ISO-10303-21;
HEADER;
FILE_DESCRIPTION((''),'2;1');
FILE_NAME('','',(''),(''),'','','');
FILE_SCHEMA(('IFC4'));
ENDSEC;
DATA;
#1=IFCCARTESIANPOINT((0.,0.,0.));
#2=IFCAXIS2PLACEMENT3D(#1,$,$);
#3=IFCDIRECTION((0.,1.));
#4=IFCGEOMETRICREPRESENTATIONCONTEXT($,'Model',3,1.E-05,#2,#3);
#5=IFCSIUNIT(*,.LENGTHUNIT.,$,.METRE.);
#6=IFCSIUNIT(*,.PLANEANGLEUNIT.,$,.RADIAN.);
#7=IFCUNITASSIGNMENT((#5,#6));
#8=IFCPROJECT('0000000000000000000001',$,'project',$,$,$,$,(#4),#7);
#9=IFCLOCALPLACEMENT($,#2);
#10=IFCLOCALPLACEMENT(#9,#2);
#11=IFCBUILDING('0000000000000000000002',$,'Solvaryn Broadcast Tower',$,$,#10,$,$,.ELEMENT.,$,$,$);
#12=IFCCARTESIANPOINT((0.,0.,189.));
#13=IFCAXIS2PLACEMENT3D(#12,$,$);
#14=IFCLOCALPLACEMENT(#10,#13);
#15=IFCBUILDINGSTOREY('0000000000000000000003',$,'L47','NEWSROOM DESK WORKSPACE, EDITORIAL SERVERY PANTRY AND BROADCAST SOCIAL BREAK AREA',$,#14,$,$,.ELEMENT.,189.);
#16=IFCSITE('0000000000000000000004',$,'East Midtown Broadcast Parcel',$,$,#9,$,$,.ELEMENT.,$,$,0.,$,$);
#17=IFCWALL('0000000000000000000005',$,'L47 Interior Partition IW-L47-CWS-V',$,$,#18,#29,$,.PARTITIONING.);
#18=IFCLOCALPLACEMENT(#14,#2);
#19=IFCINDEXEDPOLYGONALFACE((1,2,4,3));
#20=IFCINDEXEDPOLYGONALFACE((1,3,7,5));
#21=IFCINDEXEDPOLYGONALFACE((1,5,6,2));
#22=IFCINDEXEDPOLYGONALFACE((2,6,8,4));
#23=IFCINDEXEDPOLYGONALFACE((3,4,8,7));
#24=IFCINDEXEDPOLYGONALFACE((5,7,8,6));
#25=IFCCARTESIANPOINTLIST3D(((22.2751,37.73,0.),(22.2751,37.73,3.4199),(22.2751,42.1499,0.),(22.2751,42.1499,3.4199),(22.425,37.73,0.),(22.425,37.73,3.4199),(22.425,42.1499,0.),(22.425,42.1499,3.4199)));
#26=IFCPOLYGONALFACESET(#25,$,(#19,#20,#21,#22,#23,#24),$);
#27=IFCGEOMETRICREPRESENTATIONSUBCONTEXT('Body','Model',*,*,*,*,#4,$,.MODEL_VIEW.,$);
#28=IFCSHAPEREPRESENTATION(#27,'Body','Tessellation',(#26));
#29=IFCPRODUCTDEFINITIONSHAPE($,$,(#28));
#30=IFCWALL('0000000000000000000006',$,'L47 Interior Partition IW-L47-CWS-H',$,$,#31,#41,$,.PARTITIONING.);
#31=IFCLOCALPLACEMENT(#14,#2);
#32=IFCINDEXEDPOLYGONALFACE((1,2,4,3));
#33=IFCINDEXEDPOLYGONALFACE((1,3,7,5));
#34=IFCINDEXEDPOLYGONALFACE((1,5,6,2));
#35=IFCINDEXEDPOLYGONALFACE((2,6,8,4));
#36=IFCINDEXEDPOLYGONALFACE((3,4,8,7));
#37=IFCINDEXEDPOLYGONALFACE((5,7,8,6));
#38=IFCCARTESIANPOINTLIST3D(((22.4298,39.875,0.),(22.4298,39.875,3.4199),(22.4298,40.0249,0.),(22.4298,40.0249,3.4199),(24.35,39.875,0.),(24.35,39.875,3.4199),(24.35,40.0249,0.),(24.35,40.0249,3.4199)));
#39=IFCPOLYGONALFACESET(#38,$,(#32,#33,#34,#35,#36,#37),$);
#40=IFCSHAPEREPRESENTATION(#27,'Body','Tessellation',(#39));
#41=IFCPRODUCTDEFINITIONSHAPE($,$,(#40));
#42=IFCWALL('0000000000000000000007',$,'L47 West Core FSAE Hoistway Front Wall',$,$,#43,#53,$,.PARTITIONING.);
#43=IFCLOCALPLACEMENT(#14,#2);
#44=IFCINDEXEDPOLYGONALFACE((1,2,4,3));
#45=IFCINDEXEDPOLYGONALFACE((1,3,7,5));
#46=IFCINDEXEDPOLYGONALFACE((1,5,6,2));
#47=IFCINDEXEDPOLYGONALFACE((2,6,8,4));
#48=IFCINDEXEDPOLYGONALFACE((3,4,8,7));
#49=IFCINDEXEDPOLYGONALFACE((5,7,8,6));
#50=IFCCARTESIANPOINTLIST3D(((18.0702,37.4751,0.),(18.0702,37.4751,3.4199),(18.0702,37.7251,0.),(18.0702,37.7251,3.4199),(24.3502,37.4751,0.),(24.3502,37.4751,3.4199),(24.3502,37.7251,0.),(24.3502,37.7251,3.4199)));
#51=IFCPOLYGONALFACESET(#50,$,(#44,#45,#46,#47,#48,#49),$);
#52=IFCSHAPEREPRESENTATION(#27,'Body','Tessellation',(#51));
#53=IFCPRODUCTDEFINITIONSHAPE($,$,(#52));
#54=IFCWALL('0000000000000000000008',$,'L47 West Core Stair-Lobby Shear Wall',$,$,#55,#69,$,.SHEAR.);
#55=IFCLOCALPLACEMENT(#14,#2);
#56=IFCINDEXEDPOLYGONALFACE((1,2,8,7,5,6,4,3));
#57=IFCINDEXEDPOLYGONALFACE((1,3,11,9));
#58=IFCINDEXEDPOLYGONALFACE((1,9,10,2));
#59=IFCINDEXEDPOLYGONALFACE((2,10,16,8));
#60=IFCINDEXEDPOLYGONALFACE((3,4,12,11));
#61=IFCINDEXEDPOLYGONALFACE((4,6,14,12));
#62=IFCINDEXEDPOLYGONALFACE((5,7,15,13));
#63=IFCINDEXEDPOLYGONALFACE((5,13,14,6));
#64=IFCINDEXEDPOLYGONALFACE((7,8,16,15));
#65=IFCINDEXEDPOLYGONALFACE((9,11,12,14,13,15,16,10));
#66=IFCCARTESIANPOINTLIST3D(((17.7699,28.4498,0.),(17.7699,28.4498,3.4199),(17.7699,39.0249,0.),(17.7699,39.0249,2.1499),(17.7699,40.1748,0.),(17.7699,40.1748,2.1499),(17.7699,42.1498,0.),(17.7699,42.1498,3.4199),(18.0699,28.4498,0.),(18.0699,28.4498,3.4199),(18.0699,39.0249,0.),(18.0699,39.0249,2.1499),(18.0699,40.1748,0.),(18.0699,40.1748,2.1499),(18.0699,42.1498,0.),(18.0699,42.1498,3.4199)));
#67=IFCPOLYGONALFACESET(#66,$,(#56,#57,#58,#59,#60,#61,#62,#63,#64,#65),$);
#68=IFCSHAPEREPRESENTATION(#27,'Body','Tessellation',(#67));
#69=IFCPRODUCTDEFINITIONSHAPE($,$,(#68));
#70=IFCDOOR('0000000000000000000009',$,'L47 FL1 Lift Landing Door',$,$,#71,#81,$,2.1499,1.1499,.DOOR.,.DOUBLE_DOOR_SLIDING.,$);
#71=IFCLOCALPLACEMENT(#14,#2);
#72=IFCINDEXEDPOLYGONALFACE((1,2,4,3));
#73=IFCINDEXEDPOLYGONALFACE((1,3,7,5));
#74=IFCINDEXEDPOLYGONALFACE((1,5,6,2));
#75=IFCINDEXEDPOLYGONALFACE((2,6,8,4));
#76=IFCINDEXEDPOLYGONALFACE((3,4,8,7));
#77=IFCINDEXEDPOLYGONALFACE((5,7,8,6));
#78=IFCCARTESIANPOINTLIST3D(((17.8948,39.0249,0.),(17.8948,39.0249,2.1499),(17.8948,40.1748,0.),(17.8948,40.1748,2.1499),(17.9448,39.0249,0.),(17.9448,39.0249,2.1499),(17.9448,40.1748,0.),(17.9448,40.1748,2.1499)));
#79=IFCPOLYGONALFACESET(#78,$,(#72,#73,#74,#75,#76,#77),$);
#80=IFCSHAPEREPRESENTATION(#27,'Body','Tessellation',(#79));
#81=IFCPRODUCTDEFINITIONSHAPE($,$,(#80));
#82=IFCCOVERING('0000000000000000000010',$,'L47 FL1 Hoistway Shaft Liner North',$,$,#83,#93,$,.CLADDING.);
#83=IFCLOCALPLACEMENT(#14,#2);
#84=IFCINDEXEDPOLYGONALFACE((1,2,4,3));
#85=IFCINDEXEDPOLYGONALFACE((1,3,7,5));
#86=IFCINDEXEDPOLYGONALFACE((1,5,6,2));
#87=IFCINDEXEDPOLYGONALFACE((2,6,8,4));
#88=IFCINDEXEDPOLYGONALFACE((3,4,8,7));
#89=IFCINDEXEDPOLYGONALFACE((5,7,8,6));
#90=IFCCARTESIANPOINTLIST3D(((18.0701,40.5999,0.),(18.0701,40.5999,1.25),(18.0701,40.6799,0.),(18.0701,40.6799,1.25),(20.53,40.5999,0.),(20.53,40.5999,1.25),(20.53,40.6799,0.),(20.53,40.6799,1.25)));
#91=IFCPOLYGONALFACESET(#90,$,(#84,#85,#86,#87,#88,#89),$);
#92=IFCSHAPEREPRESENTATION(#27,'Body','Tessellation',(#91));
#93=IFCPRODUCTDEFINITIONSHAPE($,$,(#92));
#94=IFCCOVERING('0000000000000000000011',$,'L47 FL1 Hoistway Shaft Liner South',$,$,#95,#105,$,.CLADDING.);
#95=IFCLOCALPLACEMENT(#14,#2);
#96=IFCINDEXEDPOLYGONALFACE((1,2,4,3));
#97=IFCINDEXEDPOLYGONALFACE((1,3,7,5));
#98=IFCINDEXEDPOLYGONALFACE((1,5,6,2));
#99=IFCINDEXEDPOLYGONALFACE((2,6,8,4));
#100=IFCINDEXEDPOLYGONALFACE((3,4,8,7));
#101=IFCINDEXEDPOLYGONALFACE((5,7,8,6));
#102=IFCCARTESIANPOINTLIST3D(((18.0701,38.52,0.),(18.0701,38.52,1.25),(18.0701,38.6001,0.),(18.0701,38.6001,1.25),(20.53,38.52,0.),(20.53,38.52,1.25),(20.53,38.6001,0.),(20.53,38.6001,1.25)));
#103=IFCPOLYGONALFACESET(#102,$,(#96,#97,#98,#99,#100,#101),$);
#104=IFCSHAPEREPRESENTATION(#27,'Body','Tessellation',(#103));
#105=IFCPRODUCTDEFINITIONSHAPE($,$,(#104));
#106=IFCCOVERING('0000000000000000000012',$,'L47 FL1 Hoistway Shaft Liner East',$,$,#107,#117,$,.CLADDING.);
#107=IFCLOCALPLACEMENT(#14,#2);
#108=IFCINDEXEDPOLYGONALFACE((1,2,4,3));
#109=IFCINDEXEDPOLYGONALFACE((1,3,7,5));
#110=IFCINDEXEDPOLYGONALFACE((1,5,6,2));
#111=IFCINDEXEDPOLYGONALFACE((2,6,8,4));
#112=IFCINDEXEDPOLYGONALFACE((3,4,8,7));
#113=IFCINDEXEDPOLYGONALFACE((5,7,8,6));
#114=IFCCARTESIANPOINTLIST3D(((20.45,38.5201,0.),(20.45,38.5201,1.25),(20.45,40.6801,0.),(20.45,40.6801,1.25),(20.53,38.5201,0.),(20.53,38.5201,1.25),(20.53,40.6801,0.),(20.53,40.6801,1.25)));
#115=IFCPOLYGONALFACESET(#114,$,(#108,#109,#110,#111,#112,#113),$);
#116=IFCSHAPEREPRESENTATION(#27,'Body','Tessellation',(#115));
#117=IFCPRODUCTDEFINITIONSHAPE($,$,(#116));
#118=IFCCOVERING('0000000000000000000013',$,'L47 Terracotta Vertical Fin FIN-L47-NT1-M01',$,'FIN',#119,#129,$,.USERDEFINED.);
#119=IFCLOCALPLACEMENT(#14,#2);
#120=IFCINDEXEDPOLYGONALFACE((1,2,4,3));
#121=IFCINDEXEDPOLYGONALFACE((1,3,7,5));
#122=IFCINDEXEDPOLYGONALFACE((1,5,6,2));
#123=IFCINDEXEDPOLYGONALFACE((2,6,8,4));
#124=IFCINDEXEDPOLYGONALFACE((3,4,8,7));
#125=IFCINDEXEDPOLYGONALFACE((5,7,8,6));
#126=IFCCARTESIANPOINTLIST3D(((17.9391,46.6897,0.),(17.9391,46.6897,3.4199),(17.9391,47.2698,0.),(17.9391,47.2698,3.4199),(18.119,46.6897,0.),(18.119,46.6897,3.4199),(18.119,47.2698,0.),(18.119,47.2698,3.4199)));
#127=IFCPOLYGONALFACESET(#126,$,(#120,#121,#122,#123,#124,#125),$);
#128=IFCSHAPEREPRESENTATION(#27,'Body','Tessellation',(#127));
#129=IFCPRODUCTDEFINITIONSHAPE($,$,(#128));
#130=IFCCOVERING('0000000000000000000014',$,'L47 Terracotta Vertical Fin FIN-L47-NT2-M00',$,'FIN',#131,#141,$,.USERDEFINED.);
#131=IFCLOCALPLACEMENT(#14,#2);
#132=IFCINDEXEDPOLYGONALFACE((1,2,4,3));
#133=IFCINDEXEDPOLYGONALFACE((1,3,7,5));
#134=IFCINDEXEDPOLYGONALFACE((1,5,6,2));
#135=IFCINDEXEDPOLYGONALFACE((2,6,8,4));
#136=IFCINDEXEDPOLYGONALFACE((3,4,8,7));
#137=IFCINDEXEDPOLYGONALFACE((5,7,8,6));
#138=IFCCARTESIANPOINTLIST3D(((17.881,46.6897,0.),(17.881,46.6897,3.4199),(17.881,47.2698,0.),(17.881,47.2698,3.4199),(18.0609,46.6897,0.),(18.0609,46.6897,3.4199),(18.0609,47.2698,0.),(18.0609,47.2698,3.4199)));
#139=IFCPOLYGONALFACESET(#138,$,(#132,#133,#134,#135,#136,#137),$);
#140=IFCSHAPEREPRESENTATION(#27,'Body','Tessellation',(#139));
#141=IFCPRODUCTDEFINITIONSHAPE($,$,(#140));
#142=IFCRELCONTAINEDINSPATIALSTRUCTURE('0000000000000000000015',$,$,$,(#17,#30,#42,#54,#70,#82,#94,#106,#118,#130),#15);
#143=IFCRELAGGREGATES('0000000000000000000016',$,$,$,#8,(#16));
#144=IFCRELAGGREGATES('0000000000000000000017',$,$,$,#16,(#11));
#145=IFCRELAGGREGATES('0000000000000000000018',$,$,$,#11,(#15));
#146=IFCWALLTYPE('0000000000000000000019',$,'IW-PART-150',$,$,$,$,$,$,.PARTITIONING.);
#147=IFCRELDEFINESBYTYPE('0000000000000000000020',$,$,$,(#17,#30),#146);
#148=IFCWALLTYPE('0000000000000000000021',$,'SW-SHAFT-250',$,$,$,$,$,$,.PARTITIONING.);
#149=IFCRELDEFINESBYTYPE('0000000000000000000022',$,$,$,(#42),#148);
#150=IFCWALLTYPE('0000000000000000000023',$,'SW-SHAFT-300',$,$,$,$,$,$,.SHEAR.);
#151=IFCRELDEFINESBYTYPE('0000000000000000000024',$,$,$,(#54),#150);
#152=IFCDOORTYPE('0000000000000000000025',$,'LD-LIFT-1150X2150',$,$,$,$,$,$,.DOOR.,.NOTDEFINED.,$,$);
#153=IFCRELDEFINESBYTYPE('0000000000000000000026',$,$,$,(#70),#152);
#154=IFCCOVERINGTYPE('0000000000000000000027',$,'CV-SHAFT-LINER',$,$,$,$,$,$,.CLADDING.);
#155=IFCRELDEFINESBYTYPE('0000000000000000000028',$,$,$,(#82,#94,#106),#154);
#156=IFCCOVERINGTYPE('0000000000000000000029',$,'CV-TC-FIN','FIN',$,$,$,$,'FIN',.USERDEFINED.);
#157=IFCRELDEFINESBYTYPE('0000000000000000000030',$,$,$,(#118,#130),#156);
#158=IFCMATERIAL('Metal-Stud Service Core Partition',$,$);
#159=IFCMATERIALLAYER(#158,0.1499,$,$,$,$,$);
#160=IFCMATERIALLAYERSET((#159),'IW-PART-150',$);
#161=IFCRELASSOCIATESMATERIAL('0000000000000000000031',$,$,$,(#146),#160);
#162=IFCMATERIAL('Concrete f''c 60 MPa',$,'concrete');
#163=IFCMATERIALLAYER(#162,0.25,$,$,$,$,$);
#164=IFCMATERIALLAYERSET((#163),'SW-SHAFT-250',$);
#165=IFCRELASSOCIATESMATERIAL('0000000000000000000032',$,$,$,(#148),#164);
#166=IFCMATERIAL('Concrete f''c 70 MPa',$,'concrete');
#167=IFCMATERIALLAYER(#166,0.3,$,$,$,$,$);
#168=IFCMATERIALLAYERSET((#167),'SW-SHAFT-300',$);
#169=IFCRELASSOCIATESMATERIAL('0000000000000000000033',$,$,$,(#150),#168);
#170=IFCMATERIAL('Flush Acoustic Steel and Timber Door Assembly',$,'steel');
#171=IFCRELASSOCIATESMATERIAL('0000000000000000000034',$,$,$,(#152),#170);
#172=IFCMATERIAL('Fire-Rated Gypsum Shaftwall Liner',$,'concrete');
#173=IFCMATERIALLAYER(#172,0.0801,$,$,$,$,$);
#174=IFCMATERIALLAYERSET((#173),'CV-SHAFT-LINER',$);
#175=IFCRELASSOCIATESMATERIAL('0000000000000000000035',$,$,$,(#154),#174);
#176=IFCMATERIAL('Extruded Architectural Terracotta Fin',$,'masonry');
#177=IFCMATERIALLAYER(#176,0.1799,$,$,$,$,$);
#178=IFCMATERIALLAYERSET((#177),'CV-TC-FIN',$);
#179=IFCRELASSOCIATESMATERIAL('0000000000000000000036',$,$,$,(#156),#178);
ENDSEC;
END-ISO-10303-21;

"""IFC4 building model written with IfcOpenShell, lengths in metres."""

from ifc_helpers import new_model, si_unit, direction, frame, frame_2d, origin, origin_2d, place, context, subcontext, project, spatial, rectangle, extrude, material, layer, layer_set, type_object, element, fill, save


model = new_model("IFC4")

# Units and contexts
model_context = context("Model", 3, precision=1e-05, world=origin(), true_north=direction((0.0, 1.0)))
body_context = subcontext(model_context, "Body", "Model", "MODEL_VIEW")
ifc_project = project(units=[si_unit("LENGTHUNIT", "METRE"), si_unit("PLANEANGLEUNIT", "RADIAN")], contexts=[model_context])

# Site, building, storey
site_placement = place(None, origin())
site = spatial("IfcSite", under=ifc_project, at=site_placement, Name="East Midtown Broadcast Parcel", CompositionType="ELEMENT", RefElevation=0.0)
building_placement = place(site_placement, origin())
building = spatial("IfcBuilding", under=site, at=building_placement, Name="Solvaryn Broadcast Tower", CompositionType="ELEMENT")
storey_placement = place(building_placement, frame((0.0, 0.0, 189.0)))
storey = spatial("IfcBuildingStorey", under=building, at=storey_placement, Name="L47", Description="NEWSROOM DESK WORKSPACE, EDITORIAL SERVERY PANTRY AND BROADCAST SOCIAL BREAK AREA", CompositionType="ELEMENT", Elevation=189.0)

# Walls
ifc_material_1 = material(Name="Metal-Stud Service Core Partition")
ifc_layer_1 = layer(ifc_material_1, 0.1499)
ifc_layer_set_1 = layer_set([ifc_layer_1], Name="IW-PART-150")
wall_type_1 = type_object("IfcWallType", Name="IW-PART-150", PredefinedType="PARTITIONING", material=ifc_layer_set_1)
wall_1_placement = place(storey_placement, frame((22.3501, 37.73, 0.0), z_axis=(0.0, 0.0, 1.0), x_axis=(0.0, 1.0, 0.0)))
element("IfcWall", 1, at=wall_1_placement, inside=storey, type_object=wall_type_1, Name="L47 Interior Partition IW-L47-CWS-V", PredefinedType="PARTITIONING", context=body_context, shape_type="SweptSolid", body=[
    extrude(rectangle(XDim=4.4199, YDim=0.1499, at=frame_2d((2.21, 0.0))), origin(), (0.0, 0.0, 1.0), 3.4199),
])
wall_2_placement = place(storey_placement, frame((22.4299, 39.95, 0.0), z_axis=(0.0, 0.0, 1.0), x_axis=(1.0, 0.0, 0.0)))
element("IfcWall", 2, at=wall_2_placement, inside=storey, type_object=wall_type_1, Name="L47 Interior Partition IW-L47-CWS-H", PredefinedType="PARTITIONING", context=body_context, shape_type="SweptSolid", body=[
    extrude(rectangle(XDim=1.9202, YDim=0.1499, at=frame_2d((0.96, 0.0))), origin(), (0.0, 0.0, 1.0), 3.4199),
])
ifc_material_2 = material(Name="Concrete f'c 60 MPa", Category="concrete")
ifc_layer_2 = layer(ifc_material_2, 0.25)
ifc_layer_set_2 = layer_set([ifc_layer_2], Name="SW-SHAFT-250")
wall_type_2 = type_object("IfcWallType", Name="SW-SHAFT-250", PredefinedType="PARTITIONING", material=ifc_layer_set_2)
wall_3_placement = place(storey_placement, frame((18.0701, 37.6001, 0.0), z_axis=(0.0, 0.0, 1.0), x_axis=(1.0, 0.0, 0.0)))
element("IfcWall", 3, at=wall_3_placement, inside=storey, type_object=wall_type_2, Name="L47 West Core FSAE Hoistway Front Wall", PredefinedType="PARTITIONING", context=body_context, shape_type="SweptSolid", body=[
    extrude(rectangle(XDim=6.28, YDim=0.25, at=frame_2d((3.1401, 0.0))), origin(), (0.0, 0.0, 1.0), 3.4199),
])

# Wall, opening, door
ifc_material_3 = material(Name="Concrete f'c 70 MPa", Category="concrete")
ifc_layer_3 = layer(ifc_material_3, 0.3)
ifc_layer_set_3 = layer_set([ifc_layer_3], Name="SW-SHAFT-300")
wall_type_3 = type_object("IfcWallType", Name="SW-SHAFT-300", PredefinedType="SHEAR", material=ifc_layer_set_3)
wall_4_placement = place(storey_placement, frame((17.9199, 42.1499, 0.0), z_axis=(0.0, 0.0, 1.0), x_axis=(0.0, -1.0, 0.0)))
wall_4 = element("IfcWall", 4, at=wall_4_placement, inside=storey, type_object=wall_type_3, Name="L47 West Core Stair-Lobby Shear Wall", PredefinedType="SHEAR", context=body_context, shape_type="SweptSolid", body=[
    extrude(rectangle(XDim=13.7, YDim=0.3, at=frame_2d((6.8501, 0.0))), origin(), (0.0, 0.0, 1.0), 3.4199),
])
opening_1_placement = place(wall_4_placement, frame((1.9751, 0.0, 0.0)))
opening_1 = element("IfcOpeningElement", 5, at=opening_1_placement, cuts=wall_4, PredefinedType="OPENING", context=body_context, shape_type="SweptSolid", body=[
    extrude(rectangle(XDim=1.1499, YDim=2.1499, at=frame_2d((0.575, 1.075))), frame((0.0, 0.1599, 0.0), z_axis=(0.0, -1.0, 0.0), x_axis=(1.0, 0.0, 0.0)), (0.0, 0.0, 1.0), 0.3201),
])
ifc_material_4 = material(Name="Flush Acoustic Steel and Timber Door Assembly", Category="steel")
door_type_1 = type_object("IfcDoorType", Name="LD-LIFT-1150X2150", OperationType="NOTDEFINED", PredefinedType="DOOR", material=ifc_material_4)
door_1_placement = place(opening_1_placement, origin())
door_1 = element("IfcDoor", 6, at=door_1_placement, inside=storey, type_object=door_type_1, Name="L47 FL1 Lift Landing Door", OperationType="DOUBLE_DOOR_SLIDING", OverallHeight=2.1499, OverallWidth=1.1499, PredefinedType="DOOR", context=body_context, shape_type="SweptSolid", body=[
    extrude(rectangle(XDim=1.1499, YDim=2.1499, at=frame_2d((0.575, 1.075))), frame((0.0, 0.0249, 0.0), z_axis=(0.0, -1.0, 0.0), x_axis=(1.0, 0.0, 0.0)), (0.0, 0.0, 1.0), 0.05),
])
fill(opening_1, door_1)

# Coverings
ifc_material_5 = material(Name="Fire-Rated Gypsum Shaftwall Liner", Category="concrete")
ifc_layer_4 = layer(ifc_material_5, 0.0801)
ifc_layer_set_4 = layer_set([ifc_layer_4], Name="CV-SHAFT-LINER")
covering_type_1 = type_object("IfcCoveringType", Name="CV-SHAFT-LINER", PredefinedType="CLADDING", material=ifc_layer_set_4)
for number, where, z_axis, x_axis, name in (
    (7, (19.3, 40.6399, 0.0), (0.0, 0.0, 1.0), (1.0, 0.0, 0.0), "L47 FL1 Hoistway Shaft Liner North"),
    (8, (19.3, 38.5601, 0.0), (0.0, 0.0, 1.0), (1.0, 0.0, 0.0), "L47 FL1 Hoistway Shaft Liner South"),
):
    element("IfcCovering", number, at=place(storey_placement, frame(where, z_axis=z_axis, x_axis=x_axis)), inside=storey, type_object=covering_type_1, Name=name, PredefinedType="CLADDING", context=body_context, shape_type="SweptSolid", body=[
        extrude(rectangle(XDim=2.46, YDim=0.0801, at=origin_2d()), origin(), (0.0, 0.0, 1.0), 1.25),
    ])
covering_placement = place(storey_placement, frame((20.49, 39.6001, 0.0), z_axis=(0.0, 0.0, 1.0), x_axis=(1.0, 0.0, 0.0)))
element("IfcCovering", 9, at=covering_placement, inside=storey, type_object=covering_type_1, Name="L47 FL1 Hoistway Shaft Liner East", PredefinedType="CLADDING", context=body_context, shape_type="SweptSolid", body=[
    extrude(rectangle(XDim=0.0801, YDim=2.1599, at=origin_2d()), origin(), (0.0, 0.0, 1.0), 1.25),
])
ifc_material_6 = material(Name="Extruded Architectural Terracotta Fin", Category="masonry")
ifc_layer_5 = layer(ifc_material_6, 0.1799)
ifc_layer_set_5 = layer_set([ifc_layer_5], Name="CV-TC-FIN")
covering_type_2 = type_object("IfcCoveringType", Name="CV-TC-FIN", Description="FIN", ElementType="FIN", PredefinedType="USERDEFINED", material=ifc_layer_set_5)
for number, where, z_axis, x_axis, name in (
    (10, (18.0291, 46.9797, 0.0), (0.0, 0.0, 1.0), (1.0, 0.0, 0.0), "L47 Terracotta Vertical Fin FIN-L47-NT1-M01"),
    (11, (17.9709, 46.9797, 0.0), (0.0, 0.0, 1.0), (1.0, 0.0, 0.0), "L47 Terracotta Vertical Fin FIN-L47-NT2-M00"),
):
    element("IfcCovering", number, at=place(storey_placement, frame(where, z_axis=z_axis, x_axis=x_axis)), inside=storey, type_object=covering_type_2, Name=name, ObjectType="FIN", PredefinedType="USERDEFINED", context=body_context, shape_type="SweptSolid", body=[
        extrude(rectangle(XDim=0.1799, YDim=0.5801, at=origin_2d()), origin(), (0.0, 0.0, 1.0), 3.4199),
    ])

save(model, "model.ifc")
